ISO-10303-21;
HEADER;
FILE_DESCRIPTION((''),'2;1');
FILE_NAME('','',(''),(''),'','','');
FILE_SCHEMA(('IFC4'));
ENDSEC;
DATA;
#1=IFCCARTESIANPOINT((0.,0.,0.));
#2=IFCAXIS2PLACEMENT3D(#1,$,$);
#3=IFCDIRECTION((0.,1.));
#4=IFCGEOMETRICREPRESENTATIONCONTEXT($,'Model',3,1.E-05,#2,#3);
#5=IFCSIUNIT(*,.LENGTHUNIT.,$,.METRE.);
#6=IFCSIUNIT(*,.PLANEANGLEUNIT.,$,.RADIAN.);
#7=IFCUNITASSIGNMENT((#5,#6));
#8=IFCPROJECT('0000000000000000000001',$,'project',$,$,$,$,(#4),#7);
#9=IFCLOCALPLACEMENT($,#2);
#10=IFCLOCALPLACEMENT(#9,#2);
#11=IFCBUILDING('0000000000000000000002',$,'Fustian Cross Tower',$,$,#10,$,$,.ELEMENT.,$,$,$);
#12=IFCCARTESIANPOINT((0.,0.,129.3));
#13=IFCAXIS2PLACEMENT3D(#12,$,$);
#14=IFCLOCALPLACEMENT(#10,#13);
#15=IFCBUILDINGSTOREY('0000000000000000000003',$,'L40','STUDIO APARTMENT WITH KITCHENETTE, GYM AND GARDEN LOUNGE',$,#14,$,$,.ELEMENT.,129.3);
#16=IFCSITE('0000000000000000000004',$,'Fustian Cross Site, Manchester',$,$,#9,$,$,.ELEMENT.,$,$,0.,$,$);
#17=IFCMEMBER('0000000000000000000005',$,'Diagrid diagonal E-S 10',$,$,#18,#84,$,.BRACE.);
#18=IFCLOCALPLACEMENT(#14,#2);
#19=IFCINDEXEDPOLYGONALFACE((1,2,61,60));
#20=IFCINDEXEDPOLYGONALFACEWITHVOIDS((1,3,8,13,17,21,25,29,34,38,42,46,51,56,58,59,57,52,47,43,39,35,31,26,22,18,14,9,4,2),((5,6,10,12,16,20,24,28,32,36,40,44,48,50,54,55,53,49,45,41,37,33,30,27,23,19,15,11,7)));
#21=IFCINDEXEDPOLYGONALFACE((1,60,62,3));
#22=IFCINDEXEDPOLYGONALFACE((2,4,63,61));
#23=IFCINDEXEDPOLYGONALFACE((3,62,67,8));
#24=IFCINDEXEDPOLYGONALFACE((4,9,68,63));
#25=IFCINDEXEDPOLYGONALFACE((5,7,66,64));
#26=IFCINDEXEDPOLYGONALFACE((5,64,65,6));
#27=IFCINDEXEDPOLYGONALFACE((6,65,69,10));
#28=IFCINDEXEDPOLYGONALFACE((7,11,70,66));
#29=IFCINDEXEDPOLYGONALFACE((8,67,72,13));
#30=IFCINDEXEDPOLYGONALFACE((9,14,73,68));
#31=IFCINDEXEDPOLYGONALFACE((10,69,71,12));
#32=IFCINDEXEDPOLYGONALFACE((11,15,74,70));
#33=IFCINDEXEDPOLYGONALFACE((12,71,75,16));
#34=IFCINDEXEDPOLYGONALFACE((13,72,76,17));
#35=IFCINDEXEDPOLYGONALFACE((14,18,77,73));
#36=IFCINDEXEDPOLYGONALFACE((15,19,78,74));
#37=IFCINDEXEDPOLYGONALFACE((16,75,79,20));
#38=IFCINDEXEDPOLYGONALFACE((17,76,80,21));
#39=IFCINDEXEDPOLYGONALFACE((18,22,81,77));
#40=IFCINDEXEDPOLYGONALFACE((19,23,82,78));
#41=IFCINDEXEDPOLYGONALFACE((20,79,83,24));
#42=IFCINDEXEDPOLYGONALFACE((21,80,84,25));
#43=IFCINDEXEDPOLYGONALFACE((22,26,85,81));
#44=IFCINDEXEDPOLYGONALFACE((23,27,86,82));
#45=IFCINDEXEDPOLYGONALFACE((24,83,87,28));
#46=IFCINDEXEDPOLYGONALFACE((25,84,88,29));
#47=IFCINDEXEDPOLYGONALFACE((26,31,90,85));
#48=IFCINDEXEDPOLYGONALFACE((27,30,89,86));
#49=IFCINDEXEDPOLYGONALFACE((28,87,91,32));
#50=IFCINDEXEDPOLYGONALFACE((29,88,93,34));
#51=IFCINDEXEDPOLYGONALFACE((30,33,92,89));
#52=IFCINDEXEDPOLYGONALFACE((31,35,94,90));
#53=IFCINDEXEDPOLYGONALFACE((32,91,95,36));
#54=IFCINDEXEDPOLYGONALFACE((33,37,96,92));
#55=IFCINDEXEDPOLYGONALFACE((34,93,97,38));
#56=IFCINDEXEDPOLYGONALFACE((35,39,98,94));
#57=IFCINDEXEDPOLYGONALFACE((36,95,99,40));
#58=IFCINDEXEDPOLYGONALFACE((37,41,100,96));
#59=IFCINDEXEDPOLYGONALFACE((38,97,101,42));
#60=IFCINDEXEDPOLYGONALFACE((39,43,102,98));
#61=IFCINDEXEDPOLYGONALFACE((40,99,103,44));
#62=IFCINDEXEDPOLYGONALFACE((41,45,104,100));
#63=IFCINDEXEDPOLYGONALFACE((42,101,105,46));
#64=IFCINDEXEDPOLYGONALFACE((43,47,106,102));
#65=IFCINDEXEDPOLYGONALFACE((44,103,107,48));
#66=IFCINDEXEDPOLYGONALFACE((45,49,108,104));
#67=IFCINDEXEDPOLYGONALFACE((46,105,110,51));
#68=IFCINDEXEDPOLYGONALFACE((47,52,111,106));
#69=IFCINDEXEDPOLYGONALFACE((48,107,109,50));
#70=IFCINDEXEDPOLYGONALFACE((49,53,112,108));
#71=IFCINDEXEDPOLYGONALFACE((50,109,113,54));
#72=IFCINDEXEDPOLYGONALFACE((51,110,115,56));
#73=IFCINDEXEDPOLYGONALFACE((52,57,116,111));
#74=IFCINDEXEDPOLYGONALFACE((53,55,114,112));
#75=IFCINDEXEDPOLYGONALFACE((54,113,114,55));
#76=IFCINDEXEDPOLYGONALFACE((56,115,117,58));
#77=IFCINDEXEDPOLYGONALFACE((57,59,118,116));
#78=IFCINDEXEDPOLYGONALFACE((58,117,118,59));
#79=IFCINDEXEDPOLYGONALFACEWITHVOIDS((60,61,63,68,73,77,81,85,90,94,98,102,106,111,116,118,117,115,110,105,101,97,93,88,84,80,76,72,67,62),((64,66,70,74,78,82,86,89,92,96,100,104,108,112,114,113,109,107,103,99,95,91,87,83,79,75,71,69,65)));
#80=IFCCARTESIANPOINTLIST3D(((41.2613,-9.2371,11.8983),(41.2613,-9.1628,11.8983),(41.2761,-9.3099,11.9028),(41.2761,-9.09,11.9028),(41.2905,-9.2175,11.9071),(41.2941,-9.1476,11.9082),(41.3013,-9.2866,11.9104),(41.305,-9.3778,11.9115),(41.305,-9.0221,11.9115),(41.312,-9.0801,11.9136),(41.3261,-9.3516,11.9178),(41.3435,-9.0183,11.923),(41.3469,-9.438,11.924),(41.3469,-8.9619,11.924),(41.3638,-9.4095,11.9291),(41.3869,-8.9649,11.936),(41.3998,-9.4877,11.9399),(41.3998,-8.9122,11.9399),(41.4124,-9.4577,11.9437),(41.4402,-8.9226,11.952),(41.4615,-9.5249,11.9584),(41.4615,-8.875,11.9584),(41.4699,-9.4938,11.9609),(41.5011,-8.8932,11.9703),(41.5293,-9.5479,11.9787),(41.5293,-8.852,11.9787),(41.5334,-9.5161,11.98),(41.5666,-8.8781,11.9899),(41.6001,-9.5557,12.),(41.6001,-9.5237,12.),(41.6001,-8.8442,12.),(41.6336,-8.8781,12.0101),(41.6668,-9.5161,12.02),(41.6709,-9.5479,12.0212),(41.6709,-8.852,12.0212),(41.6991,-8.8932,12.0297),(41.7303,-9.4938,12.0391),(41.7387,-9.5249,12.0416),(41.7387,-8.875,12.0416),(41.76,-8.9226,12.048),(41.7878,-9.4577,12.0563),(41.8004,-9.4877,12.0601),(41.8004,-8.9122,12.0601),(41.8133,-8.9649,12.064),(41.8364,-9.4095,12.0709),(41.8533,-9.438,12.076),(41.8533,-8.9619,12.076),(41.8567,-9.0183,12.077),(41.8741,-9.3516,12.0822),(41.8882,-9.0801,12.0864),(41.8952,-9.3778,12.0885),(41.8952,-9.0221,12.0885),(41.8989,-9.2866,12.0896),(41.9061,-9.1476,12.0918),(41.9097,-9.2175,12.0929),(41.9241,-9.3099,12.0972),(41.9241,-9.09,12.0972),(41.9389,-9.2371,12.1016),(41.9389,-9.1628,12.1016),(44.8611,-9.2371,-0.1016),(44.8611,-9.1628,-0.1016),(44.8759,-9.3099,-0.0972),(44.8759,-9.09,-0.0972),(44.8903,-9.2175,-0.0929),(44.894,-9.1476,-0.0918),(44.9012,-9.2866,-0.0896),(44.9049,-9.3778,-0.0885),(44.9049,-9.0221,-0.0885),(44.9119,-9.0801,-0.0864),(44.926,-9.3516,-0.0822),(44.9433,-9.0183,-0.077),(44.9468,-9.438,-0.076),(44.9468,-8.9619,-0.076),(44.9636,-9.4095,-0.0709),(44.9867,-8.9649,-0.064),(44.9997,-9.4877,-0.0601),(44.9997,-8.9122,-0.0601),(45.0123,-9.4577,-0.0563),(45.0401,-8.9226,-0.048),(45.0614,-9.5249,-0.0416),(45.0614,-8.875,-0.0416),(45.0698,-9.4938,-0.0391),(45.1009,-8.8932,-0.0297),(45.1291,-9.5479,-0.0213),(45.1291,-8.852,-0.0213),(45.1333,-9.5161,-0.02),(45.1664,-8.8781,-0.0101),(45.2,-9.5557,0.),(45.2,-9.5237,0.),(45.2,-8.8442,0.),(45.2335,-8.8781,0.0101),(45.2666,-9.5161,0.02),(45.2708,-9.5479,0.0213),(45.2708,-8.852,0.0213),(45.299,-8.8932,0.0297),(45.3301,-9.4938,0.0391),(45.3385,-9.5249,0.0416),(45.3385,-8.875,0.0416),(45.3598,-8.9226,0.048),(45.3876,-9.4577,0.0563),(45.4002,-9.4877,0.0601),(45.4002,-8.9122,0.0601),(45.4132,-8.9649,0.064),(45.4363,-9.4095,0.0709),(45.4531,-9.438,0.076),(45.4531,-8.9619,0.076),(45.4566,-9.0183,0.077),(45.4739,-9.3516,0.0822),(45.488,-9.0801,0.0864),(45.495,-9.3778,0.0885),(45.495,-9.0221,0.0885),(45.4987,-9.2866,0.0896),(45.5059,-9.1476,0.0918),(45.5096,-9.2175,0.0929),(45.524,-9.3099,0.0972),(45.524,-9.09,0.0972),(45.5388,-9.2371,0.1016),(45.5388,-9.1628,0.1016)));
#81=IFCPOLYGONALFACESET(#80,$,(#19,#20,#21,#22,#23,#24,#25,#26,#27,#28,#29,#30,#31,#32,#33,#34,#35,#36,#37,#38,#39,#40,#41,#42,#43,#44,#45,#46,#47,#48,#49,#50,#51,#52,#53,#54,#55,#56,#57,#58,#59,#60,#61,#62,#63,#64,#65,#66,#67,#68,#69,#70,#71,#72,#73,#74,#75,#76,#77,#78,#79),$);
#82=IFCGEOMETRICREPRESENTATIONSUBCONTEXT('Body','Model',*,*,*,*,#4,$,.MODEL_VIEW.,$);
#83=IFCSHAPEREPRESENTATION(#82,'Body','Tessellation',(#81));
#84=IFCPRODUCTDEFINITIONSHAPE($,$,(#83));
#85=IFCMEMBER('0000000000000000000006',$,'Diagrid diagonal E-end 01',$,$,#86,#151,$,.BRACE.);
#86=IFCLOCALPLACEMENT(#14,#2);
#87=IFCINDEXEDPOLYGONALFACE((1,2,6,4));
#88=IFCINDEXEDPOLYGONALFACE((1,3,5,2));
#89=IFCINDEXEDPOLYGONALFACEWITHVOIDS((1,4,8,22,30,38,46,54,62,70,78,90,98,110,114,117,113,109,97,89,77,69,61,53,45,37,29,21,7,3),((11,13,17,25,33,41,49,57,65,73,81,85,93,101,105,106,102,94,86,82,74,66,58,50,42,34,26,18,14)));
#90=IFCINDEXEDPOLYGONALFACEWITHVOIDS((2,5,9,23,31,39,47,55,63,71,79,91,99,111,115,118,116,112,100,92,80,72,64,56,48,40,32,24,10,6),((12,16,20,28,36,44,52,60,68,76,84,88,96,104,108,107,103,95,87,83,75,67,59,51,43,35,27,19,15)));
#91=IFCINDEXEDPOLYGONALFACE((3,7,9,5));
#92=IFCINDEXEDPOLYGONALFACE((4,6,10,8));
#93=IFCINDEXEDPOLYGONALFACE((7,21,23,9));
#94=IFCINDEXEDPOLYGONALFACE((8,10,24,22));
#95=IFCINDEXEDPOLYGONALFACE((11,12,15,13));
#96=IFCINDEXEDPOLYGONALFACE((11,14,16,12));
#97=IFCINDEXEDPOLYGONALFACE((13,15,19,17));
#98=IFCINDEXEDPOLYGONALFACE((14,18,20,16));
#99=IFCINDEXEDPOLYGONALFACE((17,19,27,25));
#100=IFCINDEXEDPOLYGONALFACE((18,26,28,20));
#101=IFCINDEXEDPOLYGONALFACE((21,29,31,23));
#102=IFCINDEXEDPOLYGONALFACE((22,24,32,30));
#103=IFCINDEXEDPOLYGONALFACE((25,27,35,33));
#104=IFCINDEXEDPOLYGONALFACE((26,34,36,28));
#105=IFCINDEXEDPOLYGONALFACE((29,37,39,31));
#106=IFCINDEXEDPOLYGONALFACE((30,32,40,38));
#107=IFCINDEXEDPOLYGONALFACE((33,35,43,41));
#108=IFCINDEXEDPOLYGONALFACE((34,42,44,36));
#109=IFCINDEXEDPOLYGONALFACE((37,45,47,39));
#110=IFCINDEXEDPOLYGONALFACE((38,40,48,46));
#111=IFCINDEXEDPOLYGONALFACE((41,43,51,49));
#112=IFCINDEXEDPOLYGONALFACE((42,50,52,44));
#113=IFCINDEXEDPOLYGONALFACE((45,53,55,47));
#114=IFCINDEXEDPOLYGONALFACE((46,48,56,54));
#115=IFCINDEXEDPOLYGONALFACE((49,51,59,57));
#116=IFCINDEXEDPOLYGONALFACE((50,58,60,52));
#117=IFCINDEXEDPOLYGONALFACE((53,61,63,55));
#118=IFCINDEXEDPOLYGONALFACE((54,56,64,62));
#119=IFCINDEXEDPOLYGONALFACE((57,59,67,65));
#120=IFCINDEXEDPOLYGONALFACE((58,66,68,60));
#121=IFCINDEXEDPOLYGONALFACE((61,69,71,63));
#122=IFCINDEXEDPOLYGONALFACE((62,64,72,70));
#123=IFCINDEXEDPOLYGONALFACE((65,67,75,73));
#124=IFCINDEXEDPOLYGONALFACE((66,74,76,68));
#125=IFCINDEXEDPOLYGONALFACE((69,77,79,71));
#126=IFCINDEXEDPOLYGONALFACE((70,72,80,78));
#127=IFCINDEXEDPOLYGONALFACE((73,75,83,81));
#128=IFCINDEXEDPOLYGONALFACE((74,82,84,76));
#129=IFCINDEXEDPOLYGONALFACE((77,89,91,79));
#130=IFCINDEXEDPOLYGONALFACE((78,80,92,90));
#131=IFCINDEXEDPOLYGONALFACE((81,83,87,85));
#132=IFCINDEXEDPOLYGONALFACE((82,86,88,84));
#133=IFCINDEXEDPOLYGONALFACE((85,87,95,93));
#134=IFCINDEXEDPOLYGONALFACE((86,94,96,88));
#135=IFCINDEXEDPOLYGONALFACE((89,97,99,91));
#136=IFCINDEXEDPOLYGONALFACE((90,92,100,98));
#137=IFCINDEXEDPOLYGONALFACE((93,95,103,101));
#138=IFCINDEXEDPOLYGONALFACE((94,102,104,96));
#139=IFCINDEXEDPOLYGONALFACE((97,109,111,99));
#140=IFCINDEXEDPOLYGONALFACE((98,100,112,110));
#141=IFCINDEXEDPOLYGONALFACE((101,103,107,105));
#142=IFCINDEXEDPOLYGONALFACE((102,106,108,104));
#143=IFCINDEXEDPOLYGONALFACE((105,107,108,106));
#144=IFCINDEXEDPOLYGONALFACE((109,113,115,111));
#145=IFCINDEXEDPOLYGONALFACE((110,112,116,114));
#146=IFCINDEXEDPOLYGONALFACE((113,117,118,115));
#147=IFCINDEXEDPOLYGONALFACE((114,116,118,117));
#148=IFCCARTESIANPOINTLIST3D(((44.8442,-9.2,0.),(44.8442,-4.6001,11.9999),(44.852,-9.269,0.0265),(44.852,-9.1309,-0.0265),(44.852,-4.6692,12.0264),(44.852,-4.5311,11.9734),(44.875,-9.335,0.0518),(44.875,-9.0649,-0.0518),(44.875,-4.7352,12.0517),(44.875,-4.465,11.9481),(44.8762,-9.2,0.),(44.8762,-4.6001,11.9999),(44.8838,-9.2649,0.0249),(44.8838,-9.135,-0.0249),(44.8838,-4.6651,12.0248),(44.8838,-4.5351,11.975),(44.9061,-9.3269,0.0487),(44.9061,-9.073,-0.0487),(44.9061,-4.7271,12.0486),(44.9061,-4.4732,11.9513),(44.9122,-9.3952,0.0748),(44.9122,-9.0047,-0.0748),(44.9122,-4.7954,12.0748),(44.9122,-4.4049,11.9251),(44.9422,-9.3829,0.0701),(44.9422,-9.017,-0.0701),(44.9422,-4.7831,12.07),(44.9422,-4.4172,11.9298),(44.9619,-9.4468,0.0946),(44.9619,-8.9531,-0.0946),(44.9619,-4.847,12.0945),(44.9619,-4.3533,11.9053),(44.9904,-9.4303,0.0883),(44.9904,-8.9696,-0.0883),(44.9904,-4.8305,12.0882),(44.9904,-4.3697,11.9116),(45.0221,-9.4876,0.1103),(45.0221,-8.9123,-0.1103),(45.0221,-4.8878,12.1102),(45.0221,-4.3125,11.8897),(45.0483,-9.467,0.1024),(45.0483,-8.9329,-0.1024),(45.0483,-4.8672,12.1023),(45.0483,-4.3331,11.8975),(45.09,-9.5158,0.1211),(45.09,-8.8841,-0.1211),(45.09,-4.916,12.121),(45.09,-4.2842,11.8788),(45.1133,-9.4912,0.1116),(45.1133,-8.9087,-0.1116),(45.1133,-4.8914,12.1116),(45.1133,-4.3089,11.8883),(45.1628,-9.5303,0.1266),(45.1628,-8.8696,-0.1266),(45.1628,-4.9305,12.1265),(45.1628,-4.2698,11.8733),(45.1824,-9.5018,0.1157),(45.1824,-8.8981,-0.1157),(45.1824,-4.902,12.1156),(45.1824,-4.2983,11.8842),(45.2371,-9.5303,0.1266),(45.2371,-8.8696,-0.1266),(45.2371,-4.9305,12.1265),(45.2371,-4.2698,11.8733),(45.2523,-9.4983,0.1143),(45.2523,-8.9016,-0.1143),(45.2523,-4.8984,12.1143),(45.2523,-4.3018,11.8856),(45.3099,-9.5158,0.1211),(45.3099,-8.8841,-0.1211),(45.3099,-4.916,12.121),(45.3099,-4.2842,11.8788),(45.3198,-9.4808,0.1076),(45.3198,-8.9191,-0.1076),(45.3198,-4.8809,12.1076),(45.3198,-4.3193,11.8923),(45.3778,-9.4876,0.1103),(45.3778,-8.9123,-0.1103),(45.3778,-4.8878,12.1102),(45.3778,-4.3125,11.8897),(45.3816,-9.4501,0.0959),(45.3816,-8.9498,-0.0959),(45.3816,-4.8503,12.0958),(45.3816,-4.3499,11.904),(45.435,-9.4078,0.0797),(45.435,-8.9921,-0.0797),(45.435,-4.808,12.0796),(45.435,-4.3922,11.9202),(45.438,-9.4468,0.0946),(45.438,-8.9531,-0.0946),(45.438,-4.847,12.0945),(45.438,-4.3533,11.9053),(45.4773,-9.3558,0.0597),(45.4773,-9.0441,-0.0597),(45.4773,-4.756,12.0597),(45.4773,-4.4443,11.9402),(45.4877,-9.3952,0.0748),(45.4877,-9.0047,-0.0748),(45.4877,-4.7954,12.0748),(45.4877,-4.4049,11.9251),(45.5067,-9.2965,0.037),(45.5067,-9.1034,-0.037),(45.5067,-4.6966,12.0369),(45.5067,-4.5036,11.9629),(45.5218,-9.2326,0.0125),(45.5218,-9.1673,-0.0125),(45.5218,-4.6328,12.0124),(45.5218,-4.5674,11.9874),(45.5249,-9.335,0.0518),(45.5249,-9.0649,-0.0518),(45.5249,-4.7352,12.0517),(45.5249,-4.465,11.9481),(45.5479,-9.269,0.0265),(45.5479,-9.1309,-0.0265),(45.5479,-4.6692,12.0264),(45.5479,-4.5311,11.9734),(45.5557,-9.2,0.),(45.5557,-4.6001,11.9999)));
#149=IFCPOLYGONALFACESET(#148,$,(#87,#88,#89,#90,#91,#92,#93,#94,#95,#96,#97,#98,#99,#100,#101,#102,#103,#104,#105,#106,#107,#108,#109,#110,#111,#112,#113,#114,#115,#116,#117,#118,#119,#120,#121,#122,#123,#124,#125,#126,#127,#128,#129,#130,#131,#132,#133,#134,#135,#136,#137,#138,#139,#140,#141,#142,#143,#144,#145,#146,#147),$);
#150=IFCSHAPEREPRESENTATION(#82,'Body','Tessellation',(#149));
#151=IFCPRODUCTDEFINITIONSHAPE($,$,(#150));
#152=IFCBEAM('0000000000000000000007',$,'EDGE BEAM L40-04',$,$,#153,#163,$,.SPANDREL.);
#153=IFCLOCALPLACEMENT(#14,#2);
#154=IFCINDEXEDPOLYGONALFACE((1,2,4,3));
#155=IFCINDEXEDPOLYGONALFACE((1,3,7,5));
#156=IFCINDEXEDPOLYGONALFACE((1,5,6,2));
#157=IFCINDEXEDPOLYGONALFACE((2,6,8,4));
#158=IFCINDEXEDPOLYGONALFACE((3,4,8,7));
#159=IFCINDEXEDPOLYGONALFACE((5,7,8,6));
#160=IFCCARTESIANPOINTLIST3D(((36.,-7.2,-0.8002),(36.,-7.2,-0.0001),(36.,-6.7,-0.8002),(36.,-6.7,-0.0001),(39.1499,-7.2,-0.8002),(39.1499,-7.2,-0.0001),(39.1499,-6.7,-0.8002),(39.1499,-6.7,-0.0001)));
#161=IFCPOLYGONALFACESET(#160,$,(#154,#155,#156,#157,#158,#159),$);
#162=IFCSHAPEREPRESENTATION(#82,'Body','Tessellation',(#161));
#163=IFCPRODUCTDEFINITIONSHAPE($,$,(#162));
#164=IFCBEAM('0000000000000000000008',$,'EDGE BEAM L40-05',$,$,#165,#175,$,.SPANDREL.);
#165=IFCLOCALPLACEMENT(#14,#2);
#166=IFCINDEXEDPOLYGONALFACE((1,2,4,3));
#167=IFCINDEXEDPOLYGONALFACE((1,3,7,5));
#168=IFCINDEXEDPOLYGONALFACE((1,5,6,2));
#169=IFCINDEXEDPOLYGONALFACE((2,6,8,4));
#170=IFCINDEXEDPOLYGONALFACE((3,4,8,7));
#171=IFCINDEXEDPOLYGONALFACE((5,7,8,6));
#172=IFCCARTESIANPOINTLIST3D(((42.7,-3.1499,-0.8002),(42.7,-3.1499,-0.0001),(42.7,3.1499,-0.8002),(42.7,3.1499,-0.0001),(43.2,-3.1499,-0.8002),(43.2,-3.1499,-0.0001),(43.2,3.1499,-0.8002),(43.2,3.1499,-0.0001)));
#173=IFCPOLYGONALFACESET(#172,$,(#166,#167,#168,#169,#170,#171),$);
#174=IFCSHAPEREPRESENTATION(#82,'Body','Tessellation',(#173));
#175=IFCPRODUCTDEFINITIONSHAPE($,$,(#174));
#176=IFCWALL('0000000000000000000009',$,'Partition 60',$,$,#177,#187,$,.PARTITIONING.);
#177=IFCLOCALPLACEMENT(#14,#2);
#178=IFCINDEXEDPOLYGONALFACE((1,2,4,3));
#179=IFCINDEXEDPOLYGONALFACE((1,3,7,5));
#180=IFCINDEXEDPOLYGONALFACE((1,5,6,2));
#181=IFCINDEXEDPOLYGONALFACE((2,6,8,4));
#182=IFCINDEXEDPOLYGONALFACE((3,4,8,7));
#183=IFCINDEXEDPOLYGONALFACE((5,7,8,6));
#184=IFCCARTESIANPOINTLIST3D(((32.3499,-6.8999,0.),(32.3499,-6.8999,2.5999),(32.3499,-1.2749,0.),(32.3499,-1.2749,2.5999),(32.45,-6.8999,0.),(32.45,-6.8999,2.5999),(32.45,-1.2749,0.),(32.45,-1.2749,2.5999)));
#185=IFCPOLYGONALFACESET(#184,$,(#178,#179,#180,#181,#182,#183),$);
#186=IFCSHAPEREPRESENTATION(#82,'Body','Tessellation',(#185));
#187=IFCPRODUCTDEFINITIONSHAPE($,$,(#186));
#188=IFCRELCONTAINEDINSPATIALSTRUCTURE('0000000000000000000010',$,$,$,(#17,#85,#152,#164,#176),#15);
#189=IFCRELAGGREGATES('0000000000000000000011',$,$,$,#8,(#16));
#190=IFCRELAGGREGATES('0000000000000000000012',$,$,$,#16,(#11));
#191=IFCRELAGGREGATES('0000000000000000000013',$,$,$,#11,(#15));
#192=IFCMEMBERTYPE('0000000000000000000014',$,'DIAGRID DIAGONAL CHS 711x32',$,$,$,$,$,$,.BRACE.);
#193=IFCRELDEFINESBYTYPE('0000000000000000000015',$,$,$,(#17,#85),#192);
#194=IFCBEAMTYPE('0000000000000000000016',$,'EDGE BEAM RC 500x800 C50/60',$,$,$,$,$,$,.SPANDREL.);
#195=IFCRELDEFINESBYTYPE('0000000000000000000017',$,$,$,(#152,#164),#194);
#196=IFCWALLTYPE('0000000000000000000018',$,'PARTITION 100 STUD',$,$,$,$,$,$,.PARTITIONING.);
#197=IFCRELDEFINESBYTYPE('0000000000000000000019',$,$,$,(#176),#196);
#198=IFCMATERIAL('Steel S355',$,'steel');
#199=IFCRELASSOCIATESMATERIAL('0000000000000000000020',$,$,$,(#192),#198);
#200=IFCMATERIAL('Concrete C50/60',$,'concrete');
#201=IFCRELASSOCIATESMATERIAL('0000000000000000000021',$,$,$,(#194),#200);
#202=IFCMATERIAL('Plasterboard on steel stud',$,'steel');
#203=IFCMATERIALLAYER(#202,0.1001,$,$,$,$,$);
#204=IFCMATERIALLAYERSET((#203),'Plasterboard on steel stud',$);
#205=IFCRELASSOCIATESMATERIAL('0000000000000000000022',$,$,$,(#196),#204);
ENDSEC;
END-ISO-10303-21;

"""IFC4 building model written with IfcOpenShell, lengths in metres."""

from ifc_helpers import new_model, si_unit, direction, frame, frame_2d, origin, origin_2d, place, context, subcontext, project, spatial, rectangle, hollow_circle, extrude, material, layer, layer_set, material_profile, profile_set, type_object, element, save


model = new_model("IFC4")

# Units and contexts
model_context = context("Model", 3, precision=1e-05, world=origin(), true_north=direction((0.0, 1.0)))
body_context = subcontext(model_context, "Body", "Model", "MODEL_VIEW")
ifc_project = project(units=[si_unit("LENGTHUNIT", "METRE"), si_unit("PLANEANGLEUNIT", "RADIAN")], contexts=[model_context])

# Site, building, storey
site_placement = place(None, origin())
site = spatial("IfcSite", under=ifc_project, at=site_placement, Name="Fustian Cross Site, Manchester", CompositionType="ELEMENT", RefElevation=0.0)
building_placement = place(site_placement, origin())
building = spatial("IfcBuilding", under=site, at=building_placement, Name="Fustian Cross Tower", CompositionType="ELEMENT")
storey_placement = place(building_placement, frame((0.0, 0.0, 129.3)))
storey = spatial("IfcBuildingStorey", under=building, at=storey_placement, Name="L40", Description="STUDIO APARTMENT WITH KITCHENETTE, GYM AND GARDEN LOUNGE", CompositionType="ELEMENT", Elevation=129.3)

# Members
ifc_material_1 = material(Name="Steel S355", Category="steel")
ifc_material_profile_1 = material_profile(ifc_material_1, hollow_circle(Radius=0.3557, WallThickness=0.032, at=origin_2d()), Name="CHS 711x32")
ifc_profile_set_1 = profile_set([ifc_material_profile_1], Name="Steel S355")
member_type_1 = type_object("IfcMemberType", Name="DIAGRID DIAGONAL CHS 711x32", PredefinedType="BRACE", material=ifc_profile_set_1)
member_1_placement = place(storey_placement, frame((45.2, -9.2, 0.0), z_axis=(-0.287337, 0.0, 0.95783), x_axis=(0.0, -1.0, 0.0)))
element("IfcMember", 1, at=member_1_placement, inside=storey, type_object=member_type_1, Name="Diagrid diagonal E-S 10", PredefinedType="BRACE", context=body_context, shape_type="SweptSolid", body=[
    extrude(hollow_circle(Radius=0.3557, WallThickness=0.032, at=origin_2d()), origin(), (0.0, 0.0, 1.0), 12.5283),
])
member_2_placement = place(storey_placement, frame((45.2, -9.2, 0.0), z_axis=(0.0, 0.357926, 0.93375), x_axis=(-1.0, 0.0, 0.0)))
element("IfcMember", 2, at=member_2_placement, inside=storey, type_object=member_type_1, Name="Diagrid diagonal E-end 01", PredefinedType="BRACE", context=body_context, shape_type="SweptSolid", body=[
    extrude(hollow_circle(Radius=0.3557, WallThickness=0.032, at=origin_2d()), origin(), (0.0, 0.0, 1.0), 12.8513),
])

# Beams
ifc_material_2 = material(Name="Concrete C50/60", Category="concrete")
ifc_material_profile_2 = material_profile(ifc_material_2, rectangle(XDim=0.5, YDim=0.8, at=origin_2d()), Name="RC 500x800")
ifc_profile_set_2 = profile_set([ifc_material_profile_2], Name="Concrete C50/60")
beam_type = type_object("IfcBeamType", Name="EDGE BEAM RC 500x800 C50/60", PredefinedType="SPANDREL", material=ifc_profile_set_2)
beam_1_placement = place(storey_placement, frame((36.0, -6.95, -0.4001), z_axis=(1.0, 0.0, 0.0), x_axis=(0.0, 1.0, 0.0)))
element("IfcBeam", 3, at=beam_1_placement, inside=storey, type_object=beam_type, Name="EDGE BEAM L40-04", PredefinedType="SPANDREL", context=body_context, shape_type="SweptSolid", body=[
    extrude(rectangle(XDim=0.5, YDim=0.8, at=origin_2d()), origin(), (0.0, 0.0, 1.0), 3.1499),
])
beam_2_placement = place(storey_placement, frame((42.95, -3.1499, -0.4001), z_axis=(0.0, 1.0, 0.0), x_axis=(-1.0, 0.0, 0.0)))
element("IfcBeam", 4, at=beam_2_placement, inside=storey, type_object=beam_type, Name="EDGE BEAM L40-05", PredefinedType="SPANDREL", context=body_context, shape_type="SweptSolid", body=[
    extrude(rectangle(XDim=0.5, YDim=0.8, at=origin_2d()), origin(), (0.0, 0.0, 1.0), 6.2998),
])

# Wall
ifc_material_3 = material(Name="Plasterboard on steel stud", Category="steel")
ifc_layer_1 = layer(ifc_material_3, 0.1001)
ifc_layer_set_1 = layer_set([ifc_layer_1], Name="Plasterboard on steel stud")
wall_type_1 = type_object("IfcWallType", Name="PARTITION 100 STUD", PredefinedType="PARTITIONING", material=ifc_layer_set_1)
wall_1_placement = place(storey_placement, frame((32.3999, -6.8999, 0.0), z_axis=(0.0, 0.0, 1.0), x_axis=(0.0, 1.0, 0.0)))
element("IfcWall", 5, at=wall_1_placement, inside=storey, type_object=wall_type_1, Name="Partition 60", PredefinedType="PARTITIONING", context=body_context, shape_type="SweptSolid", body=[
    extrude(rectangle(XDim=5.625, YDim=0.1001, at=frame_2d((2.8125, 0.0))), origin(), (0.0, 0.0, 1.0), 2.5999),
])

save(model, "model.ifc")
